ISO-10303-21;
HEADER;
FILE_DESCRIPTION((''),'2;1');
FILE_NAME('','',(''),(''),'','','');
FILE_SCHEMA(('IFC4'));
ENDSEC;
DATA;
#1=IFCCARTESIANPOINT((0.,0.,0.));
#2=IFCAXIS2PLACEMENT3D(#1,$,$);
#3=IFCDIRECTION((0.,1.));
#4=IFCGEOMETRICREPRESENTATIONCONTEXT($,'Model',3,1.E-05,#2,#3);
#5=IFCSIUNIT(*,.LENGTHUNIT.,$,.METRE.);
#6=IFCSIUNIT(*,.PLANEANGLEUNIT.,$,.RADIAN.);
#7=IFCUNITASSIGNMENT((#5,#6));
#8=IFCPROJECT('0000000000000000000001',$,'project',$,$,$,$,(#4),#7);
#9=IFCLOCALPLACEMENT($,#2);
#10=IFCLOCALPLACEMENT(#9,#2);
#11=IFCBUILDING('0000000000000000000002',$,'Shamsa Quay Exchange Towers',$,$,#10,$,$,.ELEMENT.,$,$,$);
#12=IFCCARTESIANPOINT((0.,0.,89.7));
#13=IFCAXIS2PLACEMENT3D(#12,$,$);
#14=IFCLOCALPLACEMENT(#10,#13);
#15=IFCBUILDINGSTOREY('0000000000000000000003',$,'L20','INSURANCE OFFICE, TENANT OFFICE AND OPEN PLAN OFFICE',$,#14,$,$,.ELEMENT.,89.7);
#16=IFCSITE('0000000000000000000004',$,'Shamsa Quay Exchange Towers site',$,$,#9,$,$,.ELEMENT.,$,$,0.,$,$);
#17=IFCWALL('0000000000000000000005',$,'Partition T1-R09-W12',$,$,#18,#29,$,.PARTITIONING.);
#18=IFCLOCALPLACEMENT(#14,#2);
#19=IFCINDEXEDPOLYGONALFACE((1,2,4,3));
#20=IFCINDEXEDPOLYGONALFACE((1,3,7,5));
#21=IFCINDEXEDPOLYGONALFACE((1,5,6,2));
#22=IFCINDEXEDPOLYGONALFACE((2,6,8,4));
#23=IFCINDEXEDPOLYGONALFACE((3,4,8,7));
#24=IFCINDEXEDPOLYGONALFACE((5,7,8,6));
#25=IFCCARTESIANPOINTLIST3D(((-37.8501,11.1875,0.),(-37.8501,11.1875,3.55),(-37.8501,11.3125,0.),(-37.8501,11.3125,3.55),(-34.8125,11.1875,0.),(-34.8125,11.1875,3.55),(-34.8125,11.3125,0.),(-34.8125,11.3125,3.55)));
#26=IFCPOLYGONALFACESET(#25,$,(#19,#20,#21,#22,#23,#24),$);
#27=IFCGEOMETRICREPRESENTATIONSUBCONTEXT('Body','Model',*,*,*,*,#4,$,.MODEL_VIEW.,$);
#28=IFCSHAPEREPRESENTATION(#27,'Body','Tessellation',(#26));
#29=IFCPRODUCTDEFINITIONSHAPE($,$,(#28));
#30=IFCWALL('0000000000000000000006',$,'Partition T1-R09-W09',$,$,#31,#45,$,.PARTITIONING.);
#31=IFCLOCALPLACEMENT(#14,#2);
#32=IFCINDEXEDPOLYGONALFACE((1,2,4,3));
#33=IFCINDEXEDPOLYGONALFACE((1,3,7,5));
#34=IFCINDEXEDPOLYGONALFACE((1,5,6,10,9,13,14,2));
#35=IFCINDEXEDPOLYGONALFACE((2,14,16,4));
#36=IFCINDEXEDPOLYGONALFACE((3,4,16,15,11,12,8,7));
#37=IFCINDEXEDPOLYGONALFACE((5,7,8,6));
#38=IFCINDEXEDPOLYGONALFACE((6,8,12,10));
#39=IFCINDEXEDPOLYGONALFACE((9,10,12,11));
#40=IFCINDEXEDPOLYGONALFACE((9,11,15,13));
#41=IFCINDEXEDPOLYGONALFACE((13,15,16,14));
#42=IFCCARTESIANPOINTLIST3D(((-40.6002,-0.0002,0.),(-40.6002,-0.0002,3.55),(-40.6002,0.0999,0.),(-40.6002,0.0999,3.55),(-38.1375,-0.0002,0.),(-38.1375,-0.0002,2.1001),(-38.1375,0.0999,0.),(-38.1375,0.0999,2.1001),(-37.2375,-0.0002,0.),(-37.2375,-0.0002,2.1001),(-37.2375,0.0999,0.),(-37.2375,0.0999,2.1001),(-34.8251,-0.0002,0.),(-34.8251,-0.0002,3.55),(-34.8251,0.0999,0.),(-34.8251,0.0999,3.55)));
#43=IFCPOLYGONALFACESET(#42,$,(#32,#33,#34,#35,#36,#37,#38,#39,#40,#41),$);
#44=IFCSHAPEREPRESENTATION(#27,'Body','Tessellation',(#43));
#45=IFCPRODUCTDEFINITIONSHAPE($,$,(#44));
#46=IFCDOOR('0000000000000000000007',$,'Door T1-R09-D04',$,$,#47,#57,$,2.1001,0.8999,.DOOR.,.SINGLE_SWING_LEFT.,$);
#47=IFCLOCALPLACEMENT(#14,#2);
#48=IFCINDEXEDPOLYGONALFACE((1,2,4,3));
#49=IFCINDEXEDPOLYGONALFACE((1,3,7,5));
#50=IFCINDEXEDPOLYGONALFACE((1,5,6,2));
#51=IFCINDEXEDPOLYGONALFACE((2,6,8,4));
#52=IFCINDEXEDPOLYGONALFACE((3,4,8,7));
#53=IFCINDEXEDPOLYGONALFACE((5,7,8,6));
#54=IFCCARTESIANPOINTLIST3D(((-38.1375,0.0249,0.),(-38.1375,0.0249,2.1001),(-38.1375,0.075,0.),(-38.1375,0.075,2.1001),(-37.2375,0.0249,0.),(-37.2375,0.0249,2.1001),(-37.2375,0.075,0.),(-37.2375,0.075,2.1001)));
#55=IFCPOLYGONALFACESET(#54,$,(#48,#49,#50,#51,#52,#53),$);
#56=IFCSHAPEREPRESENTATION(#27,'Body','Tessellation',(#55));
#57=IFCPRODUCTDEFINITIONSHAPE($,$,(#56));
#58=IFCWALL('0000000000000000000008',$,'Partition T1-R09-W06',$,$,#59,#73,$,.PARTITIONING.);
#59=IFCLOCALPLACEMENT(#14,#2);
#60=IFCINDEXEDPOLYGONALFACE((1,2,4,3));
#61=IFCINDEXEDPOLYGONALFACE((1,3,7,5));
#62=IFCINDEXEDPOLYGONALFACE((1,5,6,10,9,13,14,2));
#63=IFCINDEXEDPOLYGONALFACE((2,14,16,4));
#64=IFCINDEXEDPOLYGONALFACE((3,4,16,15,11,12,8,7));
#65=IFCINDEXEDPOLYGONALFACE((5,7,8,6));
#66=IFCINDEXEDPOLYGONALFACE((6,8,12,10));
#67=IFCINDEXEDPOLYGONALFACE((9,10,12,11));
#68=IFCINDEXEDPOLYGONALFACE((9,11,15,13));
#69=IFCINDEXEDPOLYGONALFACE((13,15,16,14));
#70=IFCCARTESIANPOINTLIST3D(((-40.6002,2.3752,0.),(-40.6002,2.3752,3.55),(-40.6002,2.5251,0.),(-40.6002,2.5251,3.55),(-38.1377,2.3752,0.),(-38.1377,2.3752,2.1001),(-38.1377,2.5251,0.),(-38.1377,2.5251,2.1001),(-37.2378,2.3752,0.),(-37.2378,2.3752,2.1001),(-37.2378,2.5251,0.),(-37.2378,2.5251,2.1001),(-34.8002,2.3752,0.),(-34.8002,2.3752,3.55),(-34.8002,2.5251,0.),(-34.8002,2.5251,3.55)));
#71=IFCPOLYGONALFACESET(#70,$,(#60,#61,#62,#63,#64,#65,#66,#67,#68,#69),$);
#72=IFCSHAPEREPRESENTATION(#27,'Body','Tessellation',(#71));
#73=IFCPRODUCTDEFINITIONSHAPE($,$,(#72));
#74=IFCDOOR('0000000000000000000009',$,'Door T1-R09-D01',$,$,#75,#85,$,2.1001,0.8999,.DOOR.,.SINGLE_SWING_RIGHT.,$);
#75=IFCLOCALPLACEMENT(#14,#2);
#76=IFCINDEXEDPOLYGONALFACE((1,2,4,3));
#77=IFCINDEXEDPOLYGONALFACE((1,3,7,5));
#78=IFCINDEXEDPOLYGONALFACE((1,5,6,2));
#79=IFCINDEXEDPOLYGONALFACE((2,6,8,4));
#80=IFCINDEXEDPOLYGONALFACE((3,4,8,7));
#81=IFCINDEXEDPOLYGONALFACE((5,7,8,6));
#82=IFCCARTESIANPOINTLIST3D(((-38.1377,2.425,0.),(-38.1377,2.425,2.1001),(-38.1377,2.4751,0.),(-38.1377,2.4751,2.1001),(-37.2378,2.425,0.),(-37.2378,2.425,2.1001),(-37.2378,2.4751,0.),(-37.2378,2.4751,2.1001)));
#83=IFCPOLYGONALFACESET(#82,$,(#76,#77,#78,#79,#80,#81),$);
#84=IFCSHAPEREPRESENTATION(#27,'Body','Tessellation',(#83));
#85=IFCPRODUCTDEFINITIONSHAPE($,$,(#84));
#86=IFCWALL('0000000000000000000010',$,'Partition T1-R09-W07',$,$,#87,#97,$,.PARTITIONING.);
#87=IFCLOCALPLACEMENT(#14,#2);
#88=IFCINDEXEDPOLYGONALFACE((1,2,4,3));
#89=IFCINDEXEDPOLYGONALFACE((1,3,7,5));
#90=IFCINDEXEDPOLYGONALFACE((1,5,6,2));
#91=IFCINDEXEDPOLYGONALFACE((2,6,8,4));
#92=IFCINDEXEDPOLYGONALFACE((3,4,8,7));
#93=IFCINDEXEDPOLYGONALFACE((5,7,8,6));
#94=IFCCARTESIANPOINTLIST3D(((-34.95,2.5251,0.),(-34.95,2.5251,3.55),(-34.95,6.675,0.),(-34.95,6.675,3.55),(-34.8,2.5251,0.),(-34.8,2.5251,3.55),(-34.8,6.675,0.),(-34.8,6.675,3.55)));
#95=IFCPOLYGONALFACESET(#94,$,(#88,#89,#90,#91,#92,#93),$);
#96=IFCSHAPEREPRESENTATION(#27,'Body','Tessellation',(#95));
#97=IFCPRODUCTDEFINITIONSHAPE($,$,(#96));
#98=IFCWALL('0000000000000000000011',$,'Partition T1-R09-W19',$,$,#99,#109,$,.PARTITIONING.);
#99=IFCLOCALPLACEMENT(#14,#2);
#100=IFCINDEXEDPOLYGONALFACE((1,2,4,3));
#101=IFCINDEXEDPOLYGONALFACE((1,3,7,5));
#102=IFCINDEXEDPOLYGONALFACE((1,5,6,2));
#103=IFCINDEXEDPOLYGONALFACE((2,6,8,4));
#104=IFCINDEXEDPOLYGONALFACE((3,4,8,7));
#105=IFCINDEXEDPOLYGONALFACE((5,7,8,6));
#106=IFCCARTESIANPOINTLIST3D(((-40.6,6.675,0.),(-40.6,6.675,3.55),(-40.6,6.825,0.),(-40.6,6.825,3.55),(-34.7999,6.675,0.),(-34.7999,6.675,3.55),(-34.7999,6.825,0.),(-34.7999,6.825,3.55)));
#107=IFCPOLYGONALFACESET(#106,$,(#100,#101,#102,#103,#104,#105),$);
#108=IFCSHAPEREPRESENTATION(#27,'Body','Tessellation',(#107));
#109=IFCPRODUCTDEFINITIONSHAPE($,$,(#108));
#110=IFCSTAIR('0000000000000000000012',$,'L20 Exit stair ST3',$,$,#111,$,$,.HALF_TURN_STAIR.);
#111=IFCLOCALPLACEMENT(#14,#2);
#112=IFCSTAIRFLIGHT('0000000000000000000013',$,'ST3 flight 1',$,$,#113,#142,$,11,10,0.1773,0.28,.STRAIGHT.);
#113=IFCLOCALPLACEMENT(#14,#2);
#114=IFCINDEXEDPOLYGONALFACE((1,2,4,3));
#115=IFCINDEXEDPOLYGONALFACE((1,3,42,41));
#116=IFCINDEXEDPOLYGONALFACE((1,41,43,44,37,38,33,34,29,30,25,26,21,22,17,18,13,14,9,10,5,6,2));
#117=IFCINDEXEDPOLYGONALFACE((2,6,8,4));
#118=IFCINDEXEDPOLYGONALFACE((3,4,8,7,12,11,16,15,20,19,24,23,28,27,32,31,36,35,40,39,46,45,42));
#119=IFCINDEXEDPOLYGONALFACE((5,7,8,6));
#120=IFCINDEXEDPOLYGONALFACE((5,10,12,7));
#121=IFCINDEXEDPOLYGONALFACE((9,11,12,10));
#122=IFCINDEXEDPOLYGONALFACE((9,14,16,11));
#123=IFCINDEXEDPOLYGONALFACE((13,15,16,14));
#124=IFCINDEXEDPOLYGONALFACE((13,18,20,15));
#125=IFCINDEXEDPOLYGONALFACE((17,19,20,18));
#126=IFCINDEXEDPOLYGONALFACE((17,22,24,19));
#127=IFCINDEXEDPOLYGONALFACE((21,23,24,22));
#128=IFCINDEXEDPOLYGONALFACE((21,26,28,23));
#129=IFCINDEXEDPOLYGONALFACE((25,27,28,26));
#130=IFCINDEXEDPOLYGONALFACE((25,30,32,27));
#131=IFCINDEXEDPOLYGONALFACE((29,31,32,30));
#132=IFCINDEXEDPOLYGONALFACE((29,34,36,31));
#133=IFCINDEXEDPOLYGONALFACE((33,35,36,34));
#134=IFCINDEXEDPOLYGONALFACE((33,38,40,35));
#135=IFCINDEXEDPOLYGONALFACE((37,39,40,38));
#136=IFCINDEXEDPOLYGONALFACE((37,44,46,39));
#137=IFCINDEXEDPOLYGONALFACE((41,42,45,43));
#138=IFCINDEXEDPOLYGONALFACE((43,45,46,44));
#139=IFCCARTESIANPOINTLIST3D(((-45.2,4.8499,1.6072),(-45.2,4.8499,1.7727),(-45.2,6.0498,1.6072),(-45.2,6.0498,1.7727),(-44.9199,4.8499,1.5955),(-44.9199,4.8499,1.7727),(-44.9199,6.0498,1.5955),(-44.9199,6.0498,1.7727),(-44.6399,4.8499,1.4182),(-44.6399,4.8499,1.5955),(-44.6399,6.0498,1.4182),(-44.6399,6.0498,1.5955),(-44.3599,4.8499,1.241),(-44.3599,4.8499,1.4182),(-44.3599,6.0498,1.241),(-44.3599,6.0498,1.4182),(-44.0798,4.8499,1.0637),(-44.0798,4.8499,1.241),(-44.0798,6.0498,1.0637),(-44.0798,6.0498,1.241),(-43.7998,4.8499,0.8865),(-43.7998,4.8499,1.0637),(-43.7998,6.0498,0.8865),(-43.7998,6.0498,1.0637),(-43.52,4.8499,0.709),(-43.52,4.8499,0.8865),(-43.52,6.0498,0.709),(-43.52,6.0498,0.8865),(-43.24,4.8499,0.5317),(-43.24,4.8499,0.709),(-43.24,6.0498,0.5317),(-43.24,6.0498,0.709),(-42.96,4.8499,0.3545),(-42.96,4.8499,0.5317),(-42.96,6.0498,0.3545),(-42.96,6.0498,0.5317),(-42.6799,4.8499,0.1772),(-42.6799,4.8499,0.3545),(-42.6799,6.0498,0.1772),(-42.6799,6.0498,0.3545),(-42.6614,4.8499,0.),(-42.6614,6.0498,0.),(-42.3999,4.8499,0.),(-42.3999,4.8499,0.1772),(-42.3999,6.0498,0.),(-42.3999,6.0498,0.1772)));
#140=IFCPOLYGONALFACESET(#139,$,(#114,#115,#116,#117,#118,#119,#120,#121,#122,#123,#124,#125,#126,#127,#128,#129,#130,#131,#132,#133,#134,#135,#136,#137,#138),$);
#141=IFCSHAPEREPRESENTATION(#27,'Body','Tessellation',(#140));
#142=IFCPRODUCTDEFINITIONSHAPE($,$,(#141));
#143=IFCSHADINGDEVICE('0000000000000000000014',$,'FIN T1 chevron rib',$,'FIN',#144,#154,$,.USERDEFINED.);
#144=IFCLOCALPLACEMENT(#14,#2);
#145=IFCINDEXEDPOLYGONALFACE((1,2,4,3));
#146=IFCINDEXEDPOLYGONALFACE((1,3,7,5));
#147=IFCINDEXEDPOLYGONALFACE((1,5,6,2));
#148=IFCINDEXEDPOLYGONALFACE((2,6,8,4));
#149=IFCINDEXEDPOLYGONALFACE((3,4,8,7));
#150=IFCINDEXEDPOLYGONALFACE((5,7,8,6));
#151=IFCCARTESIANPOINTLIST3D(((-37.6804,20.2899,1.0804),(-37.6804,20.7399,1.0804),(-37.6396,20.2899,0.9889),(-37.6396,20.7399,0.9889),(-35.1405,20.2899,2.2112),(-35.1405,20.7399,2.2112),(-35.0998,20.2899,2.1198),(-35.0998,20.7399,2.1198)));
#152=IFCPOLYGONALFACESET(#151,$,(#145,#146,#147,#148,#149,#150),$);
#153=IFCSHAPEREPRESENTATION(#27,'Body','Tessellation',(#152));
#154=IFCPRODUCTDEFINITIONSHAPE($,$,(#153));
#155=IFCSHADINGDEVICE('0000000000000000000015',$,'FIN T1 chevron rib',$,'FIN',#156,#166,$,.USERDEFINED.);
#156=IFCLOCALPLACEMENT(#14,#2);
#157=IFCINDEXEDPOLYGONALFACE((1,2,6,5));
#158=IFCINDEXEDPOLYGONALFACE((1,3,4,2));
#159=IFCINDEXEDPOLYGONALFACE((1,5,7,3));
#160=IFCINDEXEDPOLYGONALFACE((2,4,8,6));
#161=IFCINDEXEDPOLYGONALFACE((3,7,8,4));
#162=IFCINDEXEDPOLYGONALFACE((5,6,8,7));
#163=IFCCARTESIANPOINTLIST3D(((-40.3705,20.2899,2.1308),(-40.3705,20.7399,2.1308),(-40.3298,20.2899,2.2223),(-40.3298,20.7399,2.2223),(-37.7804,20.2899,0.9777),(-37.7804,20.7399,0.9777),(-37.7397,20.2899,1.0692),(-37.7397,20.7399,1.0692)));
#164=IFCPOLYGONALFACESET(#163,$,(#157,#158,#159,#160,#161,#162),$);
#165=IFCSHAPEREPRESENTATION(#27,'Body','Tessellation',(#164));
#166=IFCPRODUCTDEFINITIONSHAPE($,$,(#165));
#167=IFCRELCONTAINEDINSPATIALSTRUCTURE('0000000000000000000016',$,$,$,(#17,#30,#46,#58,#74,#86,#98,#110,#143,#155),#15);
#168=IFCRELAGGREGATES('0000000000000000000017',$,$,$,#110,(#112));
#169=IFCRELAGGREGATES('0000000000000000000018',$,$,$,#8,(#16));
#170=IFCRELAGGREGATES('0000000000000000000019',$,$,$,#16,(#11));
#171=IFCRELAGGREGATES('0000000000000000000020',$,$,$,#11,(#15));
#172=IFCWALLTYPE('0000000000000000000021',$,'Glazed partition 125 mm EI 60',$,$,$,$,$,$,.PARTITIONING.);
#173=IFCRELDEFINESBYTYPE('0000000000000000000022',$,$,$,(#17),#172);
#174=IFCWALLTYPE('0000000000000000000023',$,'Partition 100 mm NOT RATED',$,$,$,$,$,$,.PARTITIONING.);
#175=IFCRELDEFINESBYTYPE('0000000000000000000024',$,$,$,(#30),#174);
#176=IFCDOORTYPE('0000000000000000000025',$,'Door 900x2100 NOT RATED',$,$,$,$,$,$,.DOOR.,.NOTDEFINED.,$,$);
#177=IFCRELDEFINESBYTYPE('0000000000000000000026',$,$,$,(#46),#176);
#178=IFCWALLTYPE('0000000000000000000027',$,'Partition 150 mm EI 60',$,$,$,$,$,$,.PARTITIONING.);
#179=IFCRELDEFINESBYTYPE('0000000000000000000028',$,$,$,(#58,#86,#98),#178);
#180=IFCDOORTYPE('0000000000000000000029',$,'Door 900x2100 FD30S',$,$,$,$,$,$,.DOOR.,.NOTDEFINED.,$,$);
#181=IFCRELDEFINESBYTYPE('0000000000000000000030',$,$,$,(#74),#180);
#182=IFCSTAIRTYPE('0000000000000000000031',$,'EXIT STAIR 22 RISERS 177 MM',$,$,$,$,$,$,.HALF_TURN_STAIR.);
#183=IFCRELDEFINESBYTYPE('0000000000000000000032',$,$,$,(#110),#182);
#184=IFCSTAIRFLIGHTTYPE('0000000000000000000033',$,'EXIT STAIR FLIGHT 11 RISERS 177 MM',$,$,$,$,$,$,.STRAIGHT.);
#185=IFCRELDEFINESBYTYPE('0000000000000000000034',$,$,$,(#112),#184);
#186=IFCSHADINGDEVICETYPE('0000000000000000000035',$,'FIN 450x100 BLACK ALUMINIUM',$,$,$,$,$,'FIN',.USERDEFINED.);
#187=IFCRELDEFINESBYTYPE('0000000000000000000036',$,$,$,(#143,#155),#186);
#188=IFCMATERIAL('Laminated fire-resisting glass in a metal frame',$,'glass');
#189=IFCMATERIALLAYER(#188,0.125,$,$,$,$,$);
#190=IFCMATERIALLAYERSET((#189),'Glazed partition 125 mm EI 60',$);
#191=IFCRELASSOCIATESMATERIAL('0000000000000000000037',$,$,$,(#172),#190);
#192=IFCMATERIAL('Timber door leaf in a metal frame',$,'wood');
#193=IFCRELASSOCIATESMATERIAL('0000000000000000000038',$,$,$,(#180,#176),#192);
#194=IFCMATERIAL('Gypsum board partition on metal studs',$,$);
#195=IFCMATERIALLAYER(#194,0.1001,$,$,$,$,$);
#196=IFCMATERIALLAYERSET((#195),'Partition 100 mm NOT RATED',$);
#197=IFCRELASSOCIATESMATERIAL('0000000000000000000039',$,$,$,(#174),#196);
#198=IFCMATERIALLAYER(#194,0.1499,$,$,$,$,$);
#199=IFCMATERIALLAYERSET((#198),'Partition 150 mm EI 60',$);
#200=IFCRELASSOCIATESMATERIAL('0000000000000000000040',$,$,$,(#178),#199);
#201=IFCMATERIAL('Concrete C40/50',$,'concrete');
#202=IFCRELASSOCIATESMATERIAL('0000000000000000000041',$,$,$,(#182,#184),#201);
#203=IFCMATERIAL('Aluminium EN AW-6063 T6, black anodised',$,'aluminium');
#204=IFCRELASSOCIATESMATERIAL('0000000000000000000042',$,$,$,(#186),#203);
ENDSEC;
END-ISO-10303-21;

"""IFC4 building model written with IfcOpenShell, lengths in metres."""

from ifc_helpers import new_model, si_unit, direction, frame, frame_2d, origin, origin_2d, place, context, subcontext, project, spatial, polyline, rectangle, outline, extrude, material, layer, layer_set, material_profile, profile_set, type_object, element, fill, aggregate, save


model = new_model("IFC4")

# Units and contexts
model_context = context("Model", 3, precision=1e-05, world=origin(), true_north=direction((0.0, 1.0)))
body_context = subcontext(model_context, "Body", "Model", "MODEL_VIEW")
ifc_project = project(units=[si_unit("LENGTHUNIT", "METRE"), si_unit("PLANEANGLEUNIT", "RADIAN")], contexts=[model_context])

# Site, building, storey
site_placement = place(None, origin())
site = spatial("IfcSite", under=ifc_project, at=site_placement, Name="Shamsa Quay Exchange Towers site", CompositionType="ELEMENT", RefElevation=0.0)
building_placement = place(site_placement, origin())
building = spatial("IfcBuilding", under=site, at=building_placement, Name="Shamsa Quay Exchange Towers", CompositionType="ELEMENT")
storey_placement = place(building_placement, frame((0.0, 0.0, 89.7)))
storey = spatial("IfcBuildingStorey", under=building, at=storey_placement, Name="L20", Description="INSURANCE OFFICE, TENANT OFFICE AND OPEN PLAN OFFICE", CompositionType="ELEMENT", Elevation=89.7)

# Shared definitions
ifc_material_1 = material(Name="Aluminium EN AW-6063 T6, black anodised", Category="aluminium")

# Shared definitions
ifc_material_2 = material(Name="Timber door leaf in a metal frame", Category="wood")

# Shared definitions
ifc_material_3 = material(Name="Laminated fire-resisting glass in a metal frame", Category="glass")
ifc_layer_1 = layer(ifc_material_3, 0.125)
ifc_layer_set_1 = layer_set([ifc_layer_1], Name="Glazed partition 125 mm EI 60")
wall_type_1 = type_object("IfcWallType", Name="Glazed partition 125 mm EI 60", PredefinedType="PARTITIONING", material=ifc_layer_set_1)
door_type_1 = type_object("IfcDoorType", Name="Door 900x2100 FD30S", OperationType="NOTDEFINED", PredefinedType="DOOR", material=ifc_material_2)

# Wall
wall_1_placement = place(storey_placement, frame((-34.8125, 11.25, 0.0), z_axis=(0.0, 0.0, 1.0), x_axis=(-1.0, 0.0, 0.0)))
element("IfcWall", 1, at=wall_1_placement, inside=storey, type_object=wall_type_1, Name="Partition T1-R09-W12", PredefinedType="PARTITIONING", context=body_context, shape_type="SweptSolid", body=[
    extrude(rectangle(XDim=3.0376, YDim=0.125, at=frame_2d((1.5188, 0.0))), origin(), (0.0, 0.0, 1.0), 3.55),
])

# Walls, openings, doors
ifc_material_4 = material(Name="Gypsum board partition on metal studs")
ifc_layer_2 = layer(ifc_material_4, 0.1001)
ifc_layer_set_2 = layer_set([ifc_layer_2], Name="Partition 100 mm NOT RATED")
wall_type_2 = type_object("IfcWallType", Name="Partition 100 mm NOT RATED", PredefinedType="PARTITIONING", material=ifc_layer_set_2)
wall_2_placement = place(storey_placement, frame((-34.825, 0.0498, 0.0), z_axis=(0.0, 0.0, 1.0), x_axis=(-1.0, 0.0, 0.0)))
wall_2 = element("IfcWall", 2, at=wall_2_placement, inside=storey, type_object=wall_type_2, Name="Partition T1-R09-W09", PredefinedType="PARTITIONING", context=body_context, shape_type="SweptSolid", body=[
    extrude(rectangle(XDim=5.7751, YDim=0.1001, at=frame_2d((2.8877, 0.0))), origin(), (0.0, 0.0, 1.0), 3.55),
])
opening_1_placement = place(wall_2_placement, frame((2.4126, 0.0, 0.0)))
opening_1 = element("IfcOpeningElement", 3, at=opening_1_placement, cuts=wall_2, PredefinedType="OPENING", context=body_context, shape_type="SweptSolid", body=[
    extrude(rectangle(XDim=0.8999, YDim=2.1001, at=frame_2d((0.45, 1.05))), frame((0.0, 0.0601, 0.0), z_axis=(0.0, -1.0, 0.0), x_axis=(1.0, 0.0, 0.0)), (0.0, 0.0, 1.0), 0.1201),
])
door_type_2 = type_object("IfcDoorType", Name="Door 900x2100 NOT RATED", OperationType="NOTDEFINED", PredefinedType="DOOR", material=ifc_material_2)
door_1_placement = place(opening_1_placement, origin())
door_1 = element("IfcDoor", 4, at=door_1_placement, inside=storey, type_object=door_type_2, Name="Door T1-R09-D04", OperationType="SINGLE_SWING_LEFT", OverallHeight=2.1001, OverallWidth=0.8999, PredefinedType="DOOR", context=body_context, shape_type="SweptSolid", body=[
    extrude(rectangle(XDim=0.8999, YDim=2.1001, at=frame_2d((0.45, 1.05))), frame((0.0, 0.0249, 0.0), z_axis=(0.0, -1.0, 0.0), x_axis=(1.0, 0.0, 0.0)), (0.0, 0.0, 1.0), 0.05),
])
fill(opening_1, door_1)
ifc_layer_3 = layer(ifc_material_4, 0.1499)
ifc_layer_set_3 = layer_set([ifc_layer_3], Name="Partition 150 mm EI 60")
wall_type_3 = type_object("IfcWallType", Name="Partition 150 mm EI 60", PredefinedType="PARTITIONING", material=ifc_layer_set_3)
wall_3_placement = place(storey_placement, frame((-40.6001, 2.4502, 0.0)))
wall_3 = element("IfcWall", 5, at=wall_3_placement, inside=storey, type_object=wall_type_3, Name="Partition T1-R09-W06", PredefinedType="PARTITIONING", context=body_context, shape_type="SweptSolid", body=[
    extrude(rectangle(XDim=5.8, YDim=0.1499, at=frame_2d((2.8999, 0.0))), origin(), (0.0, 0.0, 1.0), 3.55),
])
opening_2_placement = place(wall_3_placement, frame((2.4624, 0.0, 0.0)))
opening_2 = element("IfcOpeningElement", 6, at=opening_2_placement, cuts=wall_3, PredefinedType="OPENING", context=body_context, shape_type="SweptSolid", body=[
    extrude(rectangle(XDim=0.8999, YDim=2.1001, at=frame_2d((0.45, 1.05))), frame((0.0, 0.085, 0.0), z_axis=(0.0, -1.0, 0.0), x_axis=(1.0, 0.0, 0.0)), (0.0, 0.0, 1.0), 0.1699),
])
door_2_placement = place(opening_2_placement, origin())
door_2 = element("IfcDoor", 7, at=door_2_placement, inside=storey, type_object=door_type_1, Name="Door T1-R09-D01", OperationType="SINGLE_SWING_RIGHT", OverallHeight=2.1001, OverallWidth=0.8999, PredefinedType="DOOR", context=body_context, shape_type="SweptSolid", body=[
    extrude(rectangle(XDim=0.8999, YDim=2.1001, at=frame_2d((0.45, 1.05))), frame((0.0, 0.0249, 0.0), z_axis=(0.0, -1.0, 0.0), x_axis=(1.0, 0.0, 0.0)), (0.0, 0.0, 1.0), 0.05),
])
fill(opening_2, door_2)

# Walls
wall_4_placement = place(storey_placement, frame((-34.875, 2.5251, 0.0), z_axis=(0.0, 0.0, 1.0), x_axis=(0.0, 1.0, 0.0)))
element("IfcWall", 8, at=wall_4_placement, inside=storey, type_object=wall_type_3, Name="Partition T1-R09-W07", PredefinedType="PARTITIONING", context=body_context, shape_type="SweptSolid", body=[
    extrude(rectangle(XDim=4.1499, YDim=0.1499, at=frame_2d((2.075, 0.0))), origin(), (0.0, 0.0, 1.0), 3.55),
])
wall_5_placement = place(storey_placement, frame((-34.8, 6.75, 0.0), z_axis=(0.0, 0.0, 1.0), x_axis=(-1.0, 0.0, 0.0)))
element("IfcWall", 9, at=wall_5_placement, inside=storey, type_object=wall_type_3, Name="Partition T1-R09-W19", PredefinedType="PARTITIONING", context=body_context, shape_type="SweptSolid", body=[
    extrude(rectangle(XDim=5.8, YDim=0.1499, at=frame_2d((2.8999, 0.0))), origin(), (0.0, 0.0, 1.0), 3.55),
])

# Stair, stair flight
ifc_material_5 = material(Name="Concrete C40/50", Category="concrete")
stair_type = type_object("IfcStairType", Name="EXIT STAIR 22 RISERS 177 MM", PredefinedType="HALF_TURN_STAIR", material=ifc_material_5)
stair_placement = place(storey_placement, origin())
stair = element("IfcStair", 10, at=stair_placement, inside=storey, type_object=stair_type, Name="L20 Exit stair ST3", PredefinedType="HALF_TURN_STAIR")
stair_flight_type = type_object("IfcStairFlightType", Name="EXIT STAIR FLIGHT 11 RISERS 177 MM", PredefinedType="STRAIGHT", material=ifc_material_5)
stair_flight_placement = place(storey_placement, frame((-42.3999, 5.45, 0.0), z_axis=(0.0, 0.0, 1.0), x_axis=(-1.0, 0.0, 0.0)))
stair_flight = element("IfcStairFlight", 11, at=stair_flight_placement, type_object=stair_flight_type, Name="ST3 flight 1", NumberOfRisers=11, NumberOfTreads=10, PredefinedType="STRAIGHT", RiserHeight=0.1773, TreadLength=0.28, context=body_context, shape_type="SweptSolid", body=[
    extrude(outline(polyline([(0.0, 0.0), (0.0, 0.1772), (0.28, 0.1772), (0.28, 0.3545), (0.5601, 0.3545), (0.5601, 0.5317), (0.8401, 0.5317), (0.8401, 0.709), (1.1201, 0.709), (1.1201, 0.8865), (1.3999, 0.8865), (1.3999, 1.0637), (1.6799, 1.0637), (1.6799, 1.241), (1.96, 1.241), (1.96, 1.4182), (2.24, 1.4182), (2.24, 1.5955), (2.52, 1.5955), (2.52, 1.7727), (2.8, 1.7727), (2.8, 1.95), (2.8, 1.6072), (0.2615, 0.0), (0.0, 0.0)])), frame((0.0, 0.6001, 0.0), z_axis=(0.0, -1.0, 0.0), x_axis=(1.0, 0.0, 0.0)), (0.0, 0.0, 1.0), 1.2),
])
aggregate(stair, [stair_flight])

# Shading devices
ifc_material_profile_1 = material_profile(ifc_material_1, rectangle(XDim=0.45, YDim=0.1001, at=origin_2d()), Name="FIN450x100")
ifc_profile_set_1 = profile_set([ifc_material_profile_1], Name="Aluminium EN AW-6063 T6, black anodised")
shading_device_type = type_object("IfcShadingDeviceType", Name="FIN 450x100 BLACK ALUMINIUM", ElementType="FIN", PredefinedType="USERDEFINED", material=ifc_profile_set_1)
shading_device_1_placement = place(storey_placement, frame((-35.1201, 20.5149, 2.1655), z_axis=(-0.913536, 0.0, -0.406758), x_axis=(0.0, -1.0, 0.0)))
element("IfcShadingDevice", 12, at=shading_device_1_placement, inside=storey, type_object=shading_device_type, Name="FIN T1 chevron rib", ObjectType="FIN", PredefinedType="USERDEFINED", context=body_context, shape_type="SweptSolid", body=[
    extrude(rectangle(XDim=0.45, YDim=0.1001, at=origin_2d()), origin(), (0.0, 0.0, 1.0), 2.7803),
])
shading_device_2_placement = place(storey_placement, frame((-37.76, 20.5149, 1.0234), z_axis=(-0.913559, 0.0, 0.406706), x_axis=(0.0, -1.0, 0.0)))
element("IfcShadingDevice", 13, at=shading_device_2_placement, inside=storey, type_object=shading_device_type, Name="FIN T1 chevron rib", ObjectType="FIN", PredefinedType="USERDEFINED", context=body_context, shape_type="SweptSolid", body=[
    extrude(rectangle(XDim=0.45, YDim=0.1001, at=origin_2d()), origin(), (0.0, 0.0, 1.0), 2.8352),
])

save(model, "model.ifc")
